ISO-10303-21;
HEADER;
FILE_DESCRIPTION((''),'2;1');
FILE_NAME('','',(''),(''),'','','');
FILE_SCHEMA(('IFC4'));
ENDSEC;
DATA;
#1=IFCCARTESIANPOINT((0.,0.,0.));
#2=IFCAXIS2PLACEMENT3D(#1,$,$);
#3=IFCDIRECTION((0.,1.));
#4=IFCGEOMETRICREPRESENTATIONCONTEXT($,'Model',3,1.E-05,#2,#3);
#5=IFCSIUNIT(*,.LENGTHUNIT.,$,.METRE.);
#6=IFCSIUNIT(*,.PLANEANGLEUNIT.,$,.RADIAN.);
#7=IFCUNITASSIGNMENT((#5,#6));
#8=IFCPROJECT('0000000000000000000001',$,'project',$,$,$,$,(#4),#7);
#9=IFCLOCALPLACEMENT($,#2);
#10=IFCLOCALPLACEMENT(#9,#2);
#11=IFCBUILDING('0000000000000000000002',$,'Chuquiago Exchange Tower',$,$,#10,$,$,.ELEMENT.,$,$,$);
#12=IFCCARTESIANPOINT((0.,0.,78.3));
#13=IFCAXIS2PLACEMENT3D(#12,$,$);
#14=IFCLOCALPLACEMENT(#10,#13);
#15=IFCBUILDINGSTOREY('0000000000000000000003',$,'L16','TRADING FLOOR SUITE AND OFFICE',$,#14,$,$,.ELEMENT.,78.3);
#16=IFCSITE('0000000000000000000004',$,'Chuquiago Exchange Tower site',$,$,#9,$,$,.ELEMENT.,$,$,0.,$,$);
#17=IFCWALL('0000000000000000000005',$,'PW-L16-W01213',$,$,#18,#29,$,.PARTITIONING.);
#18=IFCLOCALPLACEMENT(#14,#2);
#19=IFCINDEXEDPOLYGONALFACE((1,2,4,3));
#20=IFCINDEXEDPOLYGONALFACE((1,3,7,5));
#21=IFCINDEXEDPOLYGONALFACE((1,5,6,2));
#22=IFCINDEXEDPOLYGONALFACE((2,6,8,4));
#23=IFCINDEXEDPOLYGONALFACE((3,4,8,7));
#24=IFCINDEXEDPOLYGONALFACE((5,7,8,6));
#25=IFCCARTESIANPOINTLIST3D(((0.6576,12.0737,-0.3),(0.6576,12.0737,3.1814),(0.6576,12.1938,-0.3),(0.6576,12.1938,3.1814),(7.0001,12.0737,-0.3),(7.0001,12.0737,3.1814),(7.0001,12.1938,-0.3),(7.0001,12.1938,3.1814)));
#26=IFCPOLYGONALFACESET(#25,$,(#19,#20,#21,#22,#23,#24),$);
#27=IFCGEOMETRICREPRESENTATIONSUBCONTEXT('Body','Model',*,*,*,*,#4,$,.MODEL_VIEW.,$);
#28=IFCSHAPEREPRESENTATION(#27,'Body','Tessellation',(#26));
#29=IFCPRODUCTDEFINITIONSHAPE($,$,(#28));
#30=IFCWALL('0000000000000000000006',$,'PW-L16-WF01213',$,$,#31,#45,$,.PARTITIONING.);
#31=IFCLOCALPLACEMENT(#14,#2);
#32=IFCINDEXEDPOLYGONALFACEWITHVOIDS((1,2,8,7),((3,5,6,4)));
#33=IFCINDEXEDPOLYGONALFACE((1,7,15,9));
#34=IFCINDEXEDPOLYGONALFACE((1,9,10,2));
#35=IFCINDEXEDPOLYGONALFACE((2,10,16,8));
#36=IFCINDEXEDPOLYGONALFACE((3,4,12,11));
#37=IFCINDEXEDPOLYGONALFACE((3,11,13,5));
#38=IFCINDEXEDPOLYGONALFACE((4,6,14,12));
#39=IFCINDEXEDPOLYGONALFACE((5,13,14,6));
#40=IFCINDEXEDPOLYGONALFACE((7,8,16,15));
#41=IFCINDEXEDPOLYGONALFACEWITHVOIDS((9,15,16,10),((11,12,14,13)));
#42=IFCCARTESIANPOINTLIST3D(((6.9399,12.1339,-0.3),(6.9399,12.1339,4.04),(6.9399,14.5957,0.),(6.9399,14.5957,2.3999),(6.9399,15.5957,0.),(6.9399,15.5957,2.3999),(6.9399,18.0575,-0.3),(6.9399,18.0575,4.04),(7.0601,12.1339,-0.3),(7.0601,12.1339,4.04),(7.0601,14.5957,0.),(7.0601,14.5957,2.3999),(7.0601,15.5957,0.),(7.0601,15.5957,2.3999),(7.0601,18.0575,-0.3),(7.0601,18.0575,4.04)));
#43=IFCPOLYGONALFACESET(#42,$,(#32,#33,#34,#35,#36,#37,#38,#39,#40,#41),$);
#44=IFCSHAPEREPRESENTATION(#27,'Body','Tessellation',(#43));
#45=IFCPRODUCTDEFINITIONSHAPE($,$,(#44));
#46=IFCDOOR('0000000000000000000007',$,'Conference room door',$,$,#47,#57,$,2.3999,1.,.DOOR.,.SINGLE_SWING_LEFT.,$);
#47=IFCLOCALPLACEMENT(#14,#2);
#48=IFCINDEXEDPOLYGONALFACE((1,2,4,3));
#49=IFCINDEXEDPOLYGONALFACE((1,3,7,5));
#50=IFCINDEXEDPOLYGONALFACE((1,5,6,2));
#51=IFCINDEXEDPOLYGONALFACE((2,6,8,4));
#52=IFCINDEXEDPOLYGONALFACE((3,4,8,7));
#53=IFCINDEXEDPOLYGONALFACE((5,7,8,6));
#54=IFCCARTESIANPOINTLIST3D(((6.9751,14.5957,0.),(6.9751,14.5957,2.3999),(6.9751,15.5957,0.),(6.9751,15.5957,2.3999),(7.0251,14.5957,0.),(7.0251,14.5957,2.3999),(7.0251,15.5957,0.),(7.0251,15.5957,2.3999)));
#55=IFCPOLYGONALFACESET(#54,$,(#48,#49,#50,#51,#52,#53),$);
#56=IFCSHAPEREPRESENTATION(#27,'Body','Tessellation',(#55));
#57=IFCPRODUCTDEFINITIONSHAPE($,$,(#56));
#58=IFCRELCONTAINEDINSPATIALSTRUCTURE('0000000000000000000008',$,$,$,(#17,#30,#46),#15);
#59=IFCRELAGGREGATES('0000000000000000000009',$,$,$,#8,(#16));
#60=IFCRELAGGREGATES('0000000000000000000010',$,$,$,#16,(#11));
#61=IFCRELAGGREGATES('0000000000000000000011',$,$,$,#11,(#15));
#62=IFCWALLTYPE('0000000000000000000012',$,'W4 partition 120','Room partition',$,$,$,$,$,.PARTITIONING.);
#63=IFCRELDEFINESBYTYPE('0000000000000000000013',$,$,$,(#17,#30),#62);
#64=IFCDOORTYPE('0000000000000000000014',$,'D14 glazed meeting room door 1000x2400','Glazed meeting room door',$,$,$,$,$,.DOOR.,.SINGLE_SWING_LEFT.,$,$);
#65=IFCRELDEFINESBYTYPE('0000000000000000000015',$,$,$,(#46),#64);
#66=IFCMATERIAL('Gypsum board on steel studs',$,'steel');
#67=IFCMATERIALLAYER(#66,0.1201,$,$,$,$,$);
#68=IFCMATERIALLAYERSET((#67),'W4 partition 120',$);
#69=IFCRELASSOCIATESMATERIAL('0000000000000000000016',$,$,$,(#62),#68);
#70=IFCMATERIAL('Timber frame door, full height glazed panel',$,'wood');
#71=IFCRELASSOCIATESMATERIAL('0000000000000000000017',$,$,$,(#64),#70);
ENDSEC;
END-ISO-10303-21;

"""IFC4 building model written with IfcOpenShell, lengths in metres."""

from ifc_helpers import new_model, si_unit, direction, frame, frame_2d, origin, place, context, subcontext, project, spatial, rectangle, extrude, material, layer, layer_set, type_object, element, fill, save


model = new_model("IFC4")

# Units and contexts
model_context = context("Model", 3, precision=1e-05, world=origin(), true_north=direction((0.0, 1.0)))
body_context = subcontext(model_context, "Body", "Model", "MODEL_VIEW")
ifc_project = project(units=[si_unit("LENGTHUNIT", "METRE"), si_unit("PLANEANGLEUNIT", "RADIAN")], contexts=[model_context])

# Site, building, storey
site_placement = place(None, origin())
site = spatial("IfcSite", under=ifc_project, at=site_placement, Name="Chuquiago Exchange Tower site", CompositionType="ELEMENT", RefElevation=0.0)
building_placement = place(site_placement, origin())
building = spatial("IfcBuilding", under=site, at=building_placement, Name="Chuquiago Exchange Tower", CompositionType="ELEMENT")
storey_placement = place(building_placement, frame((0.0, 0.0, 78.3)))
storey = spatial("IfcBuildingStorey", under=building, at=storey_placement, Name="L16", Description="TRADING FLOOR SUITE AND OFFICE", CompositionType="ELEMENT", Elevation=78.3)

# Shared definitions
ifc_material_1 = material(Name="Gypsum board on steel studs", Category="steel")
ifc_layer_1 = layer(ifc_material_1, 0.1201)
ifc_layer_set_1 = layer_set([ifc_layer_1], Name="W4 partition 120")
wall_type_1 = type_object("IfcWallType", Name="W4 partition 120", Description="Room partition", PredefinedType="PARTITIONING", material=ifc_layer_set_1)

# Wall
wall_1_placement = place(storey_placement, frame((0.6575, 12.1338, -0.3), z_axis=(0.0, 0.0, 1.0), x_axis=(1.0, 0.0, 0.0)))
element("IfcWall", 1, at=wall_1_placement, inside=storey, type_object=wall_type_1, Name="PW-L16-W01213", PredefinedType="PARTITIONING", context=body_context, shape_type="SweptSolid", body=[
    extrude(rectangle(XDim=6.3425, YDim=0.1201, at=frame_2d((3.1714, 0.0))), origin(), (0.0, 0.0, 1.0), 3.4814),
])

# Wall, opening, door
wall_2_placement = place(storey_placement, frame((7.0, 12.1338, -0.3), z_axis=(0.0, 0.0, 1.0), x_axis=(0.0, 1.0, 0.0)))
wall_2 = element("IfcWall", 2, at=wall_2_placement, inside=storey, type_object=wall_type_1, Name="PW-L16-WF01213", PredefinedType="PARTITIONING", context=body_context, shape_type="SweptSolid", body=[
    extrude(rectangle(XDim=5.9236, YDim=0.1201, at=frame_2d((2.9619, 0.0))), origin(), (0.0, 0.0, 1.0), 4.3401),
])
opening_1_placement = place(wall_2_placement, frame((2.4619, 0.0, 0.3)))
opening_1 = element("IfcOpeningElement", 3, at=opening_1_placement, cuts=wall_2, PredefinedType="OPENING", context=body_context, shape_type="SweptSolid", body=[
    extrude(rectangle(XDim=1.0, YDim=2.3999, at=frame_2d((0.5, 1.2))), frame((0.0, 0.0701, 0.0), z_axis=(0.0, -1.0, 0.0), x_axis=(1.0, 0.0, 0.0)), (0.0, 0.0, 1.0), 0.1401),
])
ifc_material_2 = material(Name="Timber frame door, full height glazed panel", Category="wood")
door_type_1 = type_object("IfcDoorType", Name="D14 glazed meeting room door 1000x2400", Description="Glazed meeting room door", OperationType="SINGLE_SWING_LEFT", PredefinedType="DOOR", material=ifc_material_2)
door_1_placement = place(opening_1_placement, origin())
door_1 = element("IfcDoor", 4, at=door_1_placement, inside=storey, type_object=door_type_1, Name="Conference room door", OperationType="SINGLE_SWING_LEFT", OverallHeight=2.3999, OverallWidth=1.0, PredefinedType="DOOR", context=body_context, shape_type="SweptSolid", body=[
    extrude(rectangle(XDim=1.0, YDim=2.3999, at=frame_2d((0.5, 1.2))), frame((0.0, 0.0249, 0.0), z_axis=(0.0, -1.0, 0.0), x_axis=(1.0, 0.0, 0.0)), (0.0, 0.0, 1.0), 0.05),
])
fill(opening_1, door_1)

save(model, "model.ifc")
